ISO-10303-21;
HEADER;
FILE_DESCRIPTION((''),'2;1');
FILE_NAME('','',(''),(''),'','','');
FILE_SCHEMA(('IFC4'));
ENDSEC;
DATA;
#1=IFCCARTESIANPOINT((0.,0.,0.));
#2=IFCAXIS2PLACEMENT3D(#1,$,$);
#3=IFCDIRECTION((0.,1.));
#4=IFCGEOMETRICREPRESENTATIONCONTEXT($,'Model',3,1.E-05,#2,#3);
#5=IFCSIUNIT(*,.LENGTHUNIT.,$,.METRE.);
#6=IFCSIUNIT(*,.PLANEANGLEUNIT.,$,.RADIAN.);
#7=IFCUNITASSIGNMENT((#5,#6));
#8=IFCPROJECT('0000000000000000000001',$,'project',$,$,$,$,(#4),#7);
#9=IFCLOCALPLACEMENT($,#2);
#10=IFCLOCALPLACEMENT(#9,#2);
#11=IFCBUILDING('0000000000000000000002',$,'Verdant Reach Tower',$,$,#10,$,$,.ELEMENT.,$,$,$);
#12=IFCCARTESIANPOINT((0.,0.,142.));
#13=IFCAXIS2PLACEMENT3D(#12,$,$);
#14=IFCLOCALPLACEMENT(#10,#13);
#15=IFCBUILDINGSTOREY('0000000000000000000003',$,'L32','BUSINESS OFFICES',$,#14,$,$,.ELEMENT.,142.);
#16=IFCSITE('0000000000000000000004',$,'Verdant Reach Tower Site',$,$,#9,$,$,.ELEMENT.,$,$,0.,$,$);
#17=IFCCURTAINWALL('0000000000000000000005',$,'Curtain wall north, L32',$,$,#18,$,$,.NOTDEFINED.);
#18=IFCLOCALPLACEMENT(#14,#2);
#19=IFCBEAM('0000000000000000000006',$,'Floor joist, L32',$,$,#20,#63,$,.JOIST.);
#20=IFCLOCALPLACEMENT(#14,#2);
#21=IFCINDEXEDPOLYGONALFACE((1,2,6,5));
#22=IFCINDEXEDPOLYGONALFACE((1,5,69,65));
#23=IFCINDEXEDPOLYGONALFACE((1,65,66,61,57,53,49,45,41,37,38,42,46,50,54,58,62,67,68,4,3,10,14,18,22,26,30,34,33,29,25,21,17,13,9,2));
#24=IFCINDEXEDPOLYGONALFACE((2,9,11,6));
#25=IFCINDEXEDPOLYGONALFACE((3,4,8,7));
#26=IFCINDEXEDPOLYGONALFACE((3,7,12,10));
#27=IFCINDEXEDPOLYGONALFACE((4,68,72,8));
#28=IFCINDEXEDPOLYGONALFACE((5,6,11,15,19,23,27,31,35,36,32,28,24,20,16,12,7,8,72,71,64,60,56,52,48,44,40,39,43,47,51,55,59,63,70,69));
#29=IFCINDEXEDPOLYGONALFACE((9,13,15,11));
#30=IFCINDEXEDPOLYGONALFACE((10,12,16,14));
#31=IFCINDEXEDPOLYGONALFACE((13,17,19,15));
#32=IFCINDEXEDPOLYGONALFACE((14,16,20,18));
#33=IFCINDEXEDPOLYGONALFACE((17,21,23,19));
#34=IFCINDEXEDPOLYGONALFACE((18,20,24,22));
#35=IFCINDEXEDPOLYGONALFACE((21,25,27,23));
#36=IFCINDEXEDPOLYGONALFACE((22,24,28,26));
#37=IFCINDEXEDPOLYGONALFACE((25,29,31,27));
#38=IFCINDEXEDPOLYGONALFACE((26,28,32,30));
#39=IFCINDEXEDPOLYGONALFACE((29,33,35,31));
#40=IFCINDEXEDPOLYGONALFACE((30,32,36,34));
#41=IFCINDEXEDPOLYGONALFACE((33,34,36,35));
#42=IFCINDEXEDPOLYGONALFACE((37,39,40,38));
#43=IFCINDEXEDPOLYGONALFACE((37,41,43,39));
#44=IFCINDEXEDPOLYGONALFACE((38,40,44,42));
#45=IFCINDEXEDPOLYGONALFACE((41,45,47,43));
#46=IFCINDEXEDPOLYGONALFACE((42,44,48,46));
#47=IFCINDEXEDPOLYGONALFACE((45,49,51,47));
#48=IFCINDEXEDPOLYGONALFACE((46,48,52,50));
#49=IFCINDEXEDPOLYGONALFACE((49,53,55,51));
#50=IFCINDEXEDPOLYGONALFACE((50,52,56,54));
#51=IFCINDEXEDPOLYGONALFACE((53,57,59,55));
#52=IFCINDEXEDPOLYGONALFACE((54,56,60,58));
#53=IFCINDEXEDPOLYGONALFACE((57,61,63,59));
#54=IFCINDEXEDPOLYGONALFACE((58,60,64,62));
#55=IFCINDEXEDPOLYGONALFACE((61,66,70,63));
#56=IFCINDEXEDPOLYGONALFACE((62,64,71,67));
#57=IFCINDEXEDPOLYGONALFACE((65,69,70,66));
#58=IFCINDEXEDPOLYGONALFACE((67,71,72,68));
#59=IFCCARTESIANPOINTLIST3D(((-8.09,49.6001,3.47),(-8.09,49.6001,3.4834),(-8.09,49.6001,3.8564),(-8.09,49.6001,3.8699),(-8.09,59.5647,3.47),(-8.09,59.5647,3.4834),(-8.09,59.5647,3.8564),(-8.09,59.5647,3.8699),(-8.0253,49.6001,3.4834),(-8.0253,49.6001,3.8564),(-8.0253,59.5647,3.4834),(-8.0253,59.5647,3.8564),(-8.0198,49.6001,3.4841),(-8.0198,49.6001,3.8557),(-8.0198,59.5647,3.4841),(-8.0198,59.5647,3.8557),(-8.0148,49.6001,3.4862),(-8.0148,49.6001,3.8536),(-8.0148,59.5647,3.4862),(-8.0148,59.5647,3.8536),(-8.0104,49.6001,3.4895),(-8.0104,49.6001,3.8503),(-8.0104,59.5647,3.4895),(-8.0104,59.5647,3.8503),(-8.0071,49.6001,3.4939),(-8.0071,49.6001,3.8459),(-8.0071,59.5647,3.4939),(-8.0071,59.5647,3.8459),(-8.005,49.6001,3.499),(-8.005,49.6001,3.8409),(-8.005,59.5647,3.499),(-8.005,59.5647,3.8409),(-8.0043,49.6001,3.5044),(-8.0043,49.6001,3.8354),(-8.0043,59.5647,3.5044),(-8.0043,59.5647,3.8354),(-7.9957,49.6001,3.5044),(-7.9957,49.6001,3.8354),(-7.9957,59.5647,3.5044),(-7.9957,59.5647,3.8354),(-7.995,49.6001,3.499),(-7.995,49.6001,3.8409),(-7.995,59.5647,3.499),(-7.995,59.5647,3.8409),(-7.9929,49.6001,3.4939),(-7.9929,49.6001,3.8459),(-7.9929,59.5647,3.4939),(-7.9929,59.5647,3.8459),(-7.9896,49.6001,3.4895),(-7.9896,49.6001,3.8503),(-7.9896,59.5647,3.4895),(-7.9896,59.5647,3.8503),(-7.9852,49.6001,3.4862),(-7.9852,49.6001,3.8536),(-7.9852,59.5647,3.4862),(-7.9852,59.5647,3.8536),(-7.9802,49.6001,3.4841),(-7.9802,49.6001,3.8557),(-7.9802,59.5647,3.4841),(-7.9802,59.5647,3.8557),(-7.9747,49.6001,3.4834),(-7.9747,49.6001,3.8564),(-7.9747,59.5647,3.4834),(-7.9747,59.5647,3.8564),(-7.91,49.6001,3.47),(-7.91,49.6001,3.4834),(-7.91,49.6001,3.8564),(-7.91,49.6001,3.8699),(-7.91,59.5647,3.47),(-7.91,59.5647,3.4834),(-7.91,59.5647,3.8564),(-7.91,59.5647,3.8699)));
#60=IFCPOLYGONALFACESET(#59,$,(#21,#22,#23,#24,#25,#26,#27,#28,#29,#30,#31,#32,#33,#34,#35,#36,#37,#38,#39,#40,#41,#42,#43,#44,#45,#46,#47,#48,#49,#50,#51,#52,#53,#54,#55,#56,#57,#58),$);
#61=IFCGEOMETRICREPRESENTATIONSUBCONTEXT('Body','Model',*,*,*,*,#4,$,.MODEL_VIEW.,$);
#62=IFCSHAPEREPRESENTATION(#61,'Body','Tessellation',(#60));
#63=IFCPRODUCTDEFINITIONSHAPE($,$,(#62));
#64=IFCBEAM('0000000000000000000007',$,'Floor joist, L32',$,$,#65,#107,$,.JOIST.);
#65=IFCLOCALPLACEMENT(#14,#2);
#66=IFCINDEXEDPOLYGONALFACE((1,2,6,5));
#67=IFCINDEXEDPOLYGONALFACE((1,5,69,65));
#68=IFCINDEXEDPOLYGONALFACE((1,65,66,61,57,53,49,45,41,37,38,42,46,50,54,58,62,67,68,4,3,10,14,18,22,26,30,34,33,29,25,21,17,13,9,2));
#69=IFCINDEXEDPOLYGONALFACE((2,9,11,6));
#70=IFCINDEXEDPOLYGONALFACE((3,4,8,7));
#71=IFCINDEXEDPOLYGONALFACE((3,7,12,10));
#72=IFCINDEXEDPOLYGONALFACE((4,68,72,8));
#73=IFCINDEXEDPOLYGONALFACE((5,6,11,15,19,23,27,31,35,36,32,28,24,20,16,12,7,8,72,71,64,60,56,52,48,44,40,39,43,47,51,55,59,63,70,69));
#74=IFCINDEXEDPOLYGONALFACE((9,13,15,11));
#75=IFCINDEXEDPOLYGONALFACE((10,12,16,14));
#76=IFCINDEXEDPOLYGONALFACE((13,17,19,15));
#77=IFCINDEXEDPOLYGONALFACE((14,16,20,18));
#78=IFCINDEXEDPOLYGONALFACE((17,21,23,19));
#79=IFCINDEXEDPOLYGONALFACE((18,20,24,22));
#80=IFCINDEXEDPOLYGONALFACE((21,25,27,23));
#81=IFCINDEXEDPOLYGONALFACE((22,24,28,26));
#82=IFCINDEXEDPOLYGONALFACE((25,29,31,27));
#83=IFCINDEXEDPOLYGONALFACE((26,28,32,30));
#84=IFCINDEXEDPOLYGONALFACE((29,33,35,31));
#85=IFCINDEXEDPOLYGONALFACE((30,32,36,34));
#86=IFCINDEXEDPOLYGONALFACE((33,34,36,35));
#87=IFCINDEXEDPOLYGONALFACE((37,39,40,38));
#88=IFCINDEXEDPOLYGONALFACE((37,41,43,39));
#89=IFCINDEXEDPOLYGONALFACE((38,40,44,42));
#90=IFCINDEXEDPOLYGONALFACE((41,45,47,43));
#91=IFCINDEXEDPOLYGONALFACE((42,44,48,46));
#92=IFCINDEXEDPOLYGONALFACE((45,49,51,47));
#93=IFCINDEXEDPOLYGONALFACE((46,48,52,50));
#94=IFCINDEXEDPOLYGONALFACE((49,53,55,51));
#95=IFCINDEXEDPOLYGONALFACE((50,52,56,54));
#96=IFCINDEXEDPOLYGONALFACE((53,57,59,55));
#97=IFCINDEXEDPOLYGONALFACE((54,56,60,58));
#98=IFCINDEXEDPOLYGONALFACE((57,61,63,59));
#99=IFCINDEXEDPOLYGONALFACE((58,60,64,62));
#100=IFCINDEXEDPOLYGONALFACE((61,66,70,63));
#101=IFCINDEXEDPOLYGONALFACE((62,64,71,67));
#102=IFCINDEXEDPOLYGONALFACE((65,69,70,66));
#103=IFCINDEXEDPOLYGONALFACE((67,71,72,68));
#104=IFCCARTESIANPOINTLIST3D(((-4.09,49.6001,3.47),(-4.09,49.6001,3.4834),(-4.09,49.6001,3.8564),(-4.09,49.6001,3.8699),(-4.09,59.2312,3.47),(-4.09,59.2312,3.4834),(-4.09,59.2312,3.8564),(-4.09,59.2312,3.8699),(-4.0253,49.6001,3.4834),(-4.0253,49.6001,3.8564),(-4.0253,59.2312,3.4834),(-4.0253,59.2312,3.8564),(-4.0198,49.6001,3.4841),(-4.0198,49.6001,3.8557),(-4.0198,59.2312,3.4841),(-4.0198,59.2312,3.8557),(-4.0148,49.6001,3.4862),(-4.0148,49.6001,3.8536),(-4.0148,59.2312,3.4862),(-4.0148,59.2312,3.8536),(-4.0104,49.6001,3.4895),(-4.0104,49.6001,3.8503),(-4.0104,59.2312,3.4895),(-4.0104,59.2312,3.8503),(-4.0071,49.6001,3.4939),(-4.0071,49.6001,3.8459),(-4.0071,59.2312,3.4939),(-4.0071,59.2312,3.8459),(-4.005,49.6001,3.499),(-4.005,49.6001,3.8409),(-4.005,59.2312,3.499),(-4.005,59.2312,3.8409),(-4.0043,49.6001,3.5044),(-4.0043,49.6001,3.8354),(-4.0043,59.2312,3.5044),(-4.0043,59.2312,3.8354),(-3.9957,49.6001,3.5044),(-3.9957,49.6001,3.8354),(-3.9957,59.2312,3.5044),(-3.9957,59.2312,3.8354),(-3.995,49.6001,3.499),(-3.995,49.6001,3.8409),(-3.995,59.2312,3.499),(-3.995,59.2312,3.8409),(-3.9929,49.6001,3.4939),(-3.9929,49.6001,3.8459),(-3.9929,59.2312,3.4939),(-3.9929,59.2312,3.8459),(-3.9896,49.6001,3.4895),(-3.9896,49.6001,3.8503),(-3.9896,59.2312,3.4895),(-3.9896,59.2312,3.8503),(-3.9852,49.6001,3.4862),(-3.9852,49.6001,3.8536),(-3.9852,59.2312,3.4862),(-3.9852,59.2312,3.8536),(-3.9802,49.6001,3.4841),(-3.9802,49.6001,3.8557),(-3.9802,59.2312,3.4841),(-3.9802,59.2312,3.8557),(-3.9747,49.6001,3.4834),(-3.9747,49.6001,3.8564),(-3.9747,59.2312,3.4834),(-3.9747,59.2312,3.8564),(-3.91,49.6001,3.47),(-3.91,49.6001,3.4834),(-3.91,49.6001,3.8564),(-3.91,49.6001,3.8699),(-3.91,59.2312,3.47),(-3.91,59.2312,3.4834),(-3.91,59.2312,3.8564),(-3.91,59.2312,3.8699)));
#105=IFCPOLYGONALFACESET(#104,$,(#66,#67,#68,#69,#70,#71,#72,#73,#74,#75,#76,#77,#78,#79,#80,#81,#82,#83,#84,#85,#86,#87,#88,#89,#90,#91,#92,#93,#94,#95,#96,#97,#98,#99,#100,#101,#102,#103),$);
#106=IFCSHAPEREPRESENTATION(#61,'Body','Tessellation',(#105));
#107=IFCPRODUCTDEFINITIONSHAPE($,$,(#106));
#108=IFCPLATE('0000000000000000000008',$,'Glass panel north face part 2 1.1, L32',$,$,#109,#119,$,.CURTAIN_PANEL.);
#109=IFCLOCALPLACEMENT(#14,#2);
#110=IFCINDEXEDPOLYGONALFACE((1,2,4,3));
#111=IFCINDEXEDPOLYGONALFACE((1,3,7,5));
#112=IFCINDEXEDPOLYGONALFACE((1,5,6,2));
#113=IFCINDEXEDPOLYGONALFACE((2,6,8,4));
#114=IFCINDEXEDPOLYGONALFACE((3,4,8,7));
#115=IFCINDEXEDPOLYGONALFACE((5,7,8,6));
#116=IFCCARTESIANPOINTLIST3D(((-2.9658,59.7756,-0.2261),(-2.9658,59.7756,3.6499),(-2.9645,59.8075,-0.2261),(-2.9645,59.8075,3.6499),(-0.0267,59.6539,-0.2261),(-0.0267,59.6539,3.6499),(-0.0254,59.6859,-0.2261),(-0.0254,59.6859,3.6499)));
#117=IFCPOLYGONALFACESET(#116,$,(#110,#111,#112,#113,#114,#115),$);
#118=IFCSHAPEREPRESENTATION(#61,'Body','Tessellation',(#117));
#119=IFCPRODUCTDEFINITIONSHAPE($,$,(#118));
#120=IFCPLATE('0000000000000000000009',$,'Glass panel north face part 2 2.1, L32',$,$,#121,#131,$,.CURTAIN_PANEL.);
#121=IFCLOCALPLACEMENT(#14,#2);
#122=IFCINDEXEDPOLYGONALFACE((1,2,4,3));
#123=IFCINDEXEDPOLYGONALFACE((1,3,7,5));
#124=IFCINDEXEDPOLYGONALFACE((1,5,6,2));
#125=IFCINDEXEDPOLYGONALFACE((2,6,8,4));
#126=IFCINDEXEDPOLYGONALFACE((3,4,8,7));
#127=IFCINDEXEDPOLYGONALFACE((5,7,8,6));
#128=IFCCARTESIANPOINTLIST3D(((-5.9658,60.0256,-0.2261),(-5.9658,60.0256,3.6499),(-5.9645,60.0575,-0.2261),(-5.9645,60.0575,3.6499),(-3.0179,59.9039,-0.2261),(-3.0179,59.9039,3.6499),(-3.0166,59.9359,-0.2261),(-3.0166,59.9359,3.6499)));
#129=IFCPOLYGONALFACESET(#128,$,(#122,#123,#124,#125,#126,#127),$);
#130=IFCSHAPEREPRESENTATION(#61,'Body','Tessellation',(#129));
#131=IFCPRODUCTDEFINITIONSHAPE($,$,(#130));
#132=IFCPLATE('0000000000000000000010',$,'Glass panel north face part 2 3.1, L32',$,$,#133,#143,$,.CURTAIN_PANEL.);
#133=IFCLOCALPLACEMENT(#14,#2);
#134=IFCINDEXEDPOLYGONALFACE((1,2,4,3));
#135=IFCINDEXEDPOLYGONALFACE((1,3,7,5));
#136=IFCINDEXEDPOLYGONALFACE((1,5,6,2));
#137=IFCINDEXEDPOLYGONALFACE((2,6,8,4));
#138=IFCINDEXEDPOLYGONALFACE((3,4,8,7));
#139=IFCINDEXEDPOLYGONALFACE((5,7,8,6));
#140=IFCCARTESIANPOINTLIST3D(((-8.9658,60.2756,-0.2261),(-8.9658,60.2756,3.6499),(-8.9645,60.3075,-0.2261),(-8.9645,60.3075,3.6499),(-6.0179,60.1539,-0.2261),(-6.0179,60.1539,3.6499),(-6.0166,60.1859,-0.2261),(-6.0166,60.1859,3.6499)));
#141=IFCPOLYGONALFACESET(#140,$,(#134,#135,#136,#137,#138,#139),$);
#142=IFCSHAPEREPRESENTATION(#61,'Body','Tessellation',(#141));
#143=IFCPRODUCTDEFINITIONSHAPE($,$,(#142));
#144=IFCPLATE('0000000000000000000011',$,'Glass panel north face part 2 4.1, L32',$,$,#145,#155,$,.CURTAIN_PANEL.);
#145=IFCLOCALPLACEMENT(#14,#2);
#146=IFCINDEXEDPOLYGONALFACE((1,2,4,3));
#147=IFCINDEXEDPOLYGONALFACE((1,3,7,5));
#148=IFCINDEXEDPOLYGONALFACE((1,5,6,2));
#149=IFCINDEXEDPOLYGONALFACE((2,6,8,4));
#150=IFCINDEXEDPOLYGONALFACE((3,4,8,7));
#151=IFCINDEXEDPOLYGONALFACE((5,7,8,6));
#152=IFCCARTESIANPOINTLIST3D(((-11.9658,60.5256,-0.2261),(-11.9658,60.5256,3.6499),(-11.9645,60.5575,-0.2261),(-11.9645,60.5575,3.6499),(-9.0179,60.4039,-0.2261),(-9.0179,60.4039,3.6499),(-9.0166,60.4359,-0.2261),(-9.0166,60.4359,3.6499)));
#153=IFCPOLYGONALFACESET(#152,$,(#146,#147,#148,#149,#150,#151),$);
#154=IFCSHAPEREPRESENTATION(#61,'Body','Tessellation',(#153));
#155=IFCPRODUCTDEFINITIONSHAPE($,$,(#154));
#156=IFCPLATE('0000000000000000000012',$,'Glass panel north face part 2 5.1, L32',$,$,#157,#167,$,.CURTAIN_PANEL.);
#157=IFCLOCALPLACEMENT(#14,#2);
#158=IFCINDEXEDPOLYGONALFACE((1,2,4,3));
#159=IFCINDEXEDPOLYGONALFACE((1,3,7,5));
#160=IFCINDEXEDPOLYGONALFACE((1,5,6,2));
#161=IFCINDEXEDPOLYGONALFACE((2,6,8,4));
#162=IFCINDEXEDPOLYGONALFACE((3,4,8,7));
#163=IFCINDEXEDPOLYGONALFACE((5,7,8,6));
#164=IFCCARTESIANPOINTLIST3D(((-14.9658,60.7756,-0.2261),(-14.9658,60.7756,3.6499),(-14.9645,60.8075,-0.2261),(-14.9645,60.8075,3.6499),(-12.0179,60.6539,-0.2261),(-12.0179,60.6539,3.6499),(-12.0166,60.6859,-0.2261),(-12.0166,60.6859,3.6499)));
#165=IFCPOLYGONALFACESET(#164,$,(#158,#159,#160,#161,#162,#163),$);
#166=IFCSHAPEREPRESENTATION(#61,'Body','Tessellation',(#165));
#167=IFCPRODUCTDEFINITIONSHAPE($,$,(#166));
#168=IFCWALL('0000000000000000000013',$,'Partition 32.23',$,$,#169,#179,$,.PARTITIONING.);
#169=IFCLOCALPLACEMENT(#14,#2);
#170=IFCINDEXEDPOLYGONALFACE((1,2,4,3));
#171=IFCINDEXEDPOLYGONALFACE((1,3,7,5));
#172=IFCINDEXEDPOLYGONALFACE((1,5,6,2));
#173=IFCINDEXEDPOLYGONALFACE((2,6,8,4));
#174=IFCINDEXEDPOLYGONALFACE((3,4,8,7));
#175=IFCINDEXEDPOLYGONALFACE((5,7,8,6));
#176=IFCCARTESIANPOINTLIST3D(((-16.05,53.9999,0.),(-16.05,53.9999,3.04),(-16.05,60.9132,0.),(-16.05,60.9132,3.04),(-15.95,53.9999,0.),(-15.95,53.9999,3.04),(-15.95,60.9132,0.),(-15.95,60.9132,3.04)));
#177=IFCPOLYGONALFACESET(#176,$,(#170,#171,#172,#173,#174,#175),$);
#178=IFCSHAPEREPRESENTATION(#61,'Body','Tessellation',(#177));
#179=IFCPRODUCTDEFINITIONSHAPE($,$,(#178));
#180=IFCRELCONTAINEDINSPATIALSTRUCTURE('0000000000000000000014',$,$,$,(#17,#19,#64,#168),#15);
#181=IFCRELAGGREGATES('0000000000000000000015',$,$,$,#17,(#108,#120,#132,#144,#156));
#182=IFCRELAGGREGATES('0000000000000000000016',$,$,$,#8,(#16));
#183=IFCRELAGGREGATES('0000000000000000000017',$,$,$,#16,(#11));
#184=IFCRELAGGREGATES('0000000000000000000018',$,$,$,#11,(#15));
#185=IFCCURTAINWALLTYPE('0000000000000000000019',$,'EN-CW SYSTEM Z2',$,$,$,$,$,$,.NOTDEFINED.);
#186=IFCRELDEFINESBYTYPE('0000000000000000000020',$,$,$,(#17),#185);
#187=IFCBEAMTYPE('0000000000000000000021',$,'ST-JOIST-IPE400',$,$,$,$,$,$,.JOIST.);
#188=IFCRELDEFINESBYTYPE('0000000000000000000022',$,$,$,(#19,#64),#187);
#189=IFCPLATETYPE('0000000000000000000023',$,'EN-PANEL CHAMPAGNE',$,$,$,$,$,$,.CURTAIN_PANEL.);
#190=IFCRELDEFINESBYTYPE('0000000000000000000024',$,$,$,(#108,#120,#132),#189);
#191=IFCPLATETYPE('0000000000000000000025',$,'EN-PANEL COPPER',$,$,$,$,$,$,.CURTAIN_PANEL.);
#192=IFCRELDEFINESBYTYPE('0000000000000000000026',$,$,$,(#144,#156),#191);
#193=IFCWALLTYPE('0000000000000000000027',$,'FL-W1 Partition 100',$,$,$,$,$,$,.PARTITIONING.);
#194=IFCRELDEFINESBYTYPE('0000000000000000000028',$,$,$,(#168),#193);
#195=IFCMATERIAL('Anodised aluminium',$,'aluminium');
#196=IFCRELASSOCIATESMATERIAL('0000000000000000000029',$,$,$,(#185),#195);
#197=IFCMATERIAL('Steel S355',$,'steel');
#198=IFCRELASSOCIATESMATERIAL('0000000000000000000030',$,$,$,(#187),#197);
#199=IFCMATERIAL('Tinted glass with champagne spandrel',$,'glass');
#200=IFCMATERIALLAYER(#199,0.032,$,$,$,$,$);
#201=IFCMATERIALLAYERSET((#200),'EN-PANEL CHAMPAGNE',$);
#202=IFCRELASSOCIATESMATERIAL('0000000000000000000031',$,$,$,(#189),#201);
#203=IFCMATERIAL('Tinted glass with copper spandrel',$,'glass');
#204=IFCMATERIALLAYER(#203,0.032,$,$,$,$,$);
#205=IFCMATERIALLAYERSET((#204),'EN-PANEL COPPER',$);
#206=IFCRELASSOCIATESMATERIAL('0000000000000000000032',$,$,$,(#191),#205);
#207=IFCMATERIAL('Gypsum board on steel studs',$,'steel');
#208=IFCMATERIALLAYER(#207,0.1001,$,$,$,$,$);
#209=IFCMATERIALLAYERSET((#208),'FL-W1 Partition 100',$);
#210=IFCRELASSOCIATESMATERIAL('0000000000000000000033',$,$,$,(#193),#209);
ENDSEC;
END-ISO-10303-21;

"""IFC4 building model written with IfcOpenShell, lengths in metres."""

from ifc_helpers import new_model, si_unit, direction, frame, frame_2d, origin, origin_2d, place, context, subcontext, project, spatial, rectangle, i_section, extrude, material, layer, layer_set, material_profile, profile_set, type_object, element, aggregate, save


model = new_model("IFC4")

# Units and contexts
model_context = context("Model", 3, precision=1e-05, world=origin(), true_north=direction((0.0, 1.0)))
body_context = subcontext(model_context, "Body", "Model", "MODEL_VIEW")
ifc_project = project(units=[si_unit("LENGTHUNIT", "METRE"), si_unit("PLANEANGLEUNIT", "RADIAN")], contexts=[model_context])

# Site, building, storey
site_placement = place(None, origin())
site = spatial("IfcSite", under=ifc_project, at=site_placement, Name="Verdant Reach Tower Site", CompositionType="ELEMENT", RefElevation=0.0)
building_placement = place(site_placement, origin())
building = spatial("IfcBuilding", under=site, at=building_placement, Name="Verdant Reach Tower", CompositionType="ELEMENT")
storey_placement = place(building_placement, frame((0.0, 0.0, 142.0)))
storey = spatial("IfcBuildingStorey", under=building, at=storey_placement, Name="L32", Description="BUSINESS OFFICES", CompositionType="ELEMENT", Elevation=142.0)

# Curtain wall
ifc_material_1 = material(Name="Anodised aluminium", Category="aluminium")
curtain_wall_type = type_object("IfcCurtainWallType", Name="EN-CW SYSTEM Z2", PredefinedType="NOTDEFINED", material=ifc_material_1)
curtain_wall_placement = place(storey_placement, origin())
curtain_wall = element("IfcCurtainWall", 1, at=curtain_wall_placement, inside=storey, type_object=curtain_wall_type, Name="Curtain wall north, L32", PredefinedType="NOTDEFINED")

# Beams
ifc_material_2 = material(Name="Steel S355", Category="steel")
ifc_material_profile_1 = material_profile(ifc_material_2, i_section(OverallWidth=0.1799, OverallDepth=0.3999, WebThickness=0.0085, FlangeThickness=0.0134, FilletRadius=0.021, at=origin_2d()), Name="IPE 400")
ifc_profile_set_1 = profile_set([ifc_material_profile_1], Name="Steel S355")
beam_type_1 = type_object("IfcBeamType", Name="ST-JOIST-IPE400", PredefinedType="JOIST", material=ifc_profile_set_1)
beam_1_placement = place(storey_placement, frame((-8.0, 49.6001, 3.6699), z_axis=(0.0, 1.0, 0.0), x_axis=(-1.0, 0.0, 0.0)))
element("IfcBeam", 2, at=beam_1_placement, inside=storey, type_object=beam_type_1, Name="Floor joist, L32", PredefinedType="JOIST", context=body_context, shape_type="SweptSolid", body=[
    extrude(i_section(OverallWidth=0.1799, OverallDepth=0.3999, WebThickness=0.0085, FlangeThickness=0.0134, FilletRadius=0.021, at=origin_2d()), origin(), (0.0, 0.0, 1.0), 9.9646),
])
beam_2_placement = place(storey_placement, frame((-4.0, 49.6001, 3.6699), z_axis=(0.0, 1.0, 0.0), x_axis=(-1.0, 0.0, 0.0)))
element("IfcBeam", 3, at=beam_2_placement, inside=storey, type_object=beam_type_1, Name="Floor joist, L32", PredefinedType="JOIST", context=body_context, shape_type="SweptSolid", body=[
    extrude(i_section(OverallWidth=0.1799, OverallDepth=0.3999, WebThickness=0.0085, FlangeThickness=0.0134, FilletRadius=0.021, at=origin_2d()), origin(), (0.0, 0.0, 1.0), 9.6311),
])

# Plates
ifc_material_3 = material(Name="Tinted glass with champagne spandrel", Category="glass")
ifc_layer_1 = layer(ifc_material_3, 0.032)
ifc_layer_set_1 = layer_set([ifc_layer_1], Name="EN-PANEL CHAMPAGNE")
plate_type_1 = type_object("IfcPlateType", Name="EN-PANEL CHAMPAGNE", PredefinedType="CURTAIN_PANEL", material=ifc_layer_set_1)
plate_1_placement = place(storey_placement, frame((-1.4956, 59.7307, -0.2261), z_axis=(0.0, 0.0, 1.0), x_axis=(-0.999144, 0.041364, 0.0)))
plate_1 = element("IfcPlate", 4, at=plate_1_placement, type_object=plate_type_1, Name="Glass panel north face part 2 1.1, L32", PredefinedType="CURTAIN_PANEL", context=body_context, shape_type="SweptSolid", body=[
    extrude(rectangle(XDim=2.9417, YDim=0.032, at=origin_2d()), origin(), (0.0, 0.0, 1.0), 3.876),
])
plate_2_placement = place(storey_placement, frame((-4.4912, 59.9807, -0.2261), z_axis=(0.0, 0.0, 1.0), x_axis=(-0.999149, 0.041242, 0.0)))
plate_2 = element("IfcPlate", 5, at=plate_2_placement, type_object=plate_type_1, Name="Glass panel north face part 2 2.1, L32", PredefinedType="CURTAIN_PANEL", context=body_context, shape_type="SweptSolid", body=[
    extrude(rectangle(XDim=2.9504, YDim=0.032, at=origin_2d()), origin(), (0.0, 0.0, 1.0), 3.876),
])
plate_3_placement = place(storey_placement, frame((-7.4912, 60.2307, -0.2261), z_axis=(0.0, 0.0, 1.0), x_axis=(-0.999149, 0.041242, 0.0)))
plate_3 = element("IfcPlate", 6, at=plate_3_placement, type_object=plate_type_1, Name="Glass panel north face part 2 3.1, L32", PredefinedType="CURTAIN_PANEL", context=body_context, shape_type="SweptSolid", body=[
    extrude(rectangle(XDim=2.9504, YDim=0.032, at=origin_2d()), origin(), (0.0, 0.0, 1.0), 3.876),
])
ifc_material_4 = material(Name="Tinted glass with copper spandrel", Category="glass")
ifc_layer_2 = layer(ifc_material_4, 0.032)
ifc_layer_set_2 = layer_set([ifc_layer_2], Name="EN-PANEL COPPER")
plate_type_2 = type_object("IfcPlateType", Name="EN-PANEL COPPER", PredefinedType="CURTAIN_PANEL", material=ifc_layer_set_2)
plate_4_placement = place(storey_placement, frame((-10.4912, 60.4807, -0.2261), z_axis=(0.0, 0.0, 1.0), x_axis=(-0.999149, 0.041242, 0.0)))
plate_4 = element("IfcPlate", 7, at=plate_4_placement, type_object=plate_type_2, Name="Glass panel north face part 2 4.1, L32", PredefinedType="CURTAIN_PANEL", context=body_context, shape_type="SweptSolid", body=[
    extrude(rectangle(XDim=2.9504, YDim=0.032, at=origin_2d()), origin(), (0.0, 0.0, 1.0), 3.876),
])
plate_5_placement = place(storey_placement, frame((-13.4912, 60.7307, -0.2261), z_axis=(0.0, 0.0, 1.0), x_axis=(-0.999149, 0.041242, 0.0)))
plate_5 = element("IfcPlate", 8, at=plate_5_placement, type_object=plate_type_2, Name="Glass panel north face part 2 5.1, L32", PredefinedType="CURTAIN_PANEL", context=body_context, shape_type="SweptSolid", body=[
    extrude(rectangle(XDim=2.9504, YDim=0.032, at=origin_2d()), origin(), (0.0, 0.0, 1.0), 3.876),
])
aggregate(curtain_wall, [plate_1, plate_2, plate_3, plate_4, plate_5])

# Wall
ifc_material_5 = material(Name="Gypsum board on steel studs", Category="steel")
ifc_layer_3 = layer(ifc_material_5, 0.1001)
ifc_layer_set_3 = layer_set([ifc_layer_3], Name="FL-W1 Partition 100")
wall_type = type_object("IfcWallType", Name="FL-W1 Partition 100", PredefinedType="PARTITIONING", material=ifc_layer_set_3)
wall_1_placement = place(storey_placement, frame((-16.0, 54.0, 0.0), z_axis=(0.0, 0.0, 1.0), x_axis=(0.0, 1.0, 0.0)))
element("IfcWall", 9, at=wall_1_placement, inside=storey, type_object=wall_type, Name="Partition 32.23", PredefinedType="PARTITIONING", context=body_context, shape_type="SweptSolid", body=[
    extrude(rectangle(XDim=6.9133, YDim=0.1001, at=frame_2d((3.4565, 0.0))), origin(), (0.0, 0.0, 1.0), 3.04),
])

save(model, "model.ifc")
